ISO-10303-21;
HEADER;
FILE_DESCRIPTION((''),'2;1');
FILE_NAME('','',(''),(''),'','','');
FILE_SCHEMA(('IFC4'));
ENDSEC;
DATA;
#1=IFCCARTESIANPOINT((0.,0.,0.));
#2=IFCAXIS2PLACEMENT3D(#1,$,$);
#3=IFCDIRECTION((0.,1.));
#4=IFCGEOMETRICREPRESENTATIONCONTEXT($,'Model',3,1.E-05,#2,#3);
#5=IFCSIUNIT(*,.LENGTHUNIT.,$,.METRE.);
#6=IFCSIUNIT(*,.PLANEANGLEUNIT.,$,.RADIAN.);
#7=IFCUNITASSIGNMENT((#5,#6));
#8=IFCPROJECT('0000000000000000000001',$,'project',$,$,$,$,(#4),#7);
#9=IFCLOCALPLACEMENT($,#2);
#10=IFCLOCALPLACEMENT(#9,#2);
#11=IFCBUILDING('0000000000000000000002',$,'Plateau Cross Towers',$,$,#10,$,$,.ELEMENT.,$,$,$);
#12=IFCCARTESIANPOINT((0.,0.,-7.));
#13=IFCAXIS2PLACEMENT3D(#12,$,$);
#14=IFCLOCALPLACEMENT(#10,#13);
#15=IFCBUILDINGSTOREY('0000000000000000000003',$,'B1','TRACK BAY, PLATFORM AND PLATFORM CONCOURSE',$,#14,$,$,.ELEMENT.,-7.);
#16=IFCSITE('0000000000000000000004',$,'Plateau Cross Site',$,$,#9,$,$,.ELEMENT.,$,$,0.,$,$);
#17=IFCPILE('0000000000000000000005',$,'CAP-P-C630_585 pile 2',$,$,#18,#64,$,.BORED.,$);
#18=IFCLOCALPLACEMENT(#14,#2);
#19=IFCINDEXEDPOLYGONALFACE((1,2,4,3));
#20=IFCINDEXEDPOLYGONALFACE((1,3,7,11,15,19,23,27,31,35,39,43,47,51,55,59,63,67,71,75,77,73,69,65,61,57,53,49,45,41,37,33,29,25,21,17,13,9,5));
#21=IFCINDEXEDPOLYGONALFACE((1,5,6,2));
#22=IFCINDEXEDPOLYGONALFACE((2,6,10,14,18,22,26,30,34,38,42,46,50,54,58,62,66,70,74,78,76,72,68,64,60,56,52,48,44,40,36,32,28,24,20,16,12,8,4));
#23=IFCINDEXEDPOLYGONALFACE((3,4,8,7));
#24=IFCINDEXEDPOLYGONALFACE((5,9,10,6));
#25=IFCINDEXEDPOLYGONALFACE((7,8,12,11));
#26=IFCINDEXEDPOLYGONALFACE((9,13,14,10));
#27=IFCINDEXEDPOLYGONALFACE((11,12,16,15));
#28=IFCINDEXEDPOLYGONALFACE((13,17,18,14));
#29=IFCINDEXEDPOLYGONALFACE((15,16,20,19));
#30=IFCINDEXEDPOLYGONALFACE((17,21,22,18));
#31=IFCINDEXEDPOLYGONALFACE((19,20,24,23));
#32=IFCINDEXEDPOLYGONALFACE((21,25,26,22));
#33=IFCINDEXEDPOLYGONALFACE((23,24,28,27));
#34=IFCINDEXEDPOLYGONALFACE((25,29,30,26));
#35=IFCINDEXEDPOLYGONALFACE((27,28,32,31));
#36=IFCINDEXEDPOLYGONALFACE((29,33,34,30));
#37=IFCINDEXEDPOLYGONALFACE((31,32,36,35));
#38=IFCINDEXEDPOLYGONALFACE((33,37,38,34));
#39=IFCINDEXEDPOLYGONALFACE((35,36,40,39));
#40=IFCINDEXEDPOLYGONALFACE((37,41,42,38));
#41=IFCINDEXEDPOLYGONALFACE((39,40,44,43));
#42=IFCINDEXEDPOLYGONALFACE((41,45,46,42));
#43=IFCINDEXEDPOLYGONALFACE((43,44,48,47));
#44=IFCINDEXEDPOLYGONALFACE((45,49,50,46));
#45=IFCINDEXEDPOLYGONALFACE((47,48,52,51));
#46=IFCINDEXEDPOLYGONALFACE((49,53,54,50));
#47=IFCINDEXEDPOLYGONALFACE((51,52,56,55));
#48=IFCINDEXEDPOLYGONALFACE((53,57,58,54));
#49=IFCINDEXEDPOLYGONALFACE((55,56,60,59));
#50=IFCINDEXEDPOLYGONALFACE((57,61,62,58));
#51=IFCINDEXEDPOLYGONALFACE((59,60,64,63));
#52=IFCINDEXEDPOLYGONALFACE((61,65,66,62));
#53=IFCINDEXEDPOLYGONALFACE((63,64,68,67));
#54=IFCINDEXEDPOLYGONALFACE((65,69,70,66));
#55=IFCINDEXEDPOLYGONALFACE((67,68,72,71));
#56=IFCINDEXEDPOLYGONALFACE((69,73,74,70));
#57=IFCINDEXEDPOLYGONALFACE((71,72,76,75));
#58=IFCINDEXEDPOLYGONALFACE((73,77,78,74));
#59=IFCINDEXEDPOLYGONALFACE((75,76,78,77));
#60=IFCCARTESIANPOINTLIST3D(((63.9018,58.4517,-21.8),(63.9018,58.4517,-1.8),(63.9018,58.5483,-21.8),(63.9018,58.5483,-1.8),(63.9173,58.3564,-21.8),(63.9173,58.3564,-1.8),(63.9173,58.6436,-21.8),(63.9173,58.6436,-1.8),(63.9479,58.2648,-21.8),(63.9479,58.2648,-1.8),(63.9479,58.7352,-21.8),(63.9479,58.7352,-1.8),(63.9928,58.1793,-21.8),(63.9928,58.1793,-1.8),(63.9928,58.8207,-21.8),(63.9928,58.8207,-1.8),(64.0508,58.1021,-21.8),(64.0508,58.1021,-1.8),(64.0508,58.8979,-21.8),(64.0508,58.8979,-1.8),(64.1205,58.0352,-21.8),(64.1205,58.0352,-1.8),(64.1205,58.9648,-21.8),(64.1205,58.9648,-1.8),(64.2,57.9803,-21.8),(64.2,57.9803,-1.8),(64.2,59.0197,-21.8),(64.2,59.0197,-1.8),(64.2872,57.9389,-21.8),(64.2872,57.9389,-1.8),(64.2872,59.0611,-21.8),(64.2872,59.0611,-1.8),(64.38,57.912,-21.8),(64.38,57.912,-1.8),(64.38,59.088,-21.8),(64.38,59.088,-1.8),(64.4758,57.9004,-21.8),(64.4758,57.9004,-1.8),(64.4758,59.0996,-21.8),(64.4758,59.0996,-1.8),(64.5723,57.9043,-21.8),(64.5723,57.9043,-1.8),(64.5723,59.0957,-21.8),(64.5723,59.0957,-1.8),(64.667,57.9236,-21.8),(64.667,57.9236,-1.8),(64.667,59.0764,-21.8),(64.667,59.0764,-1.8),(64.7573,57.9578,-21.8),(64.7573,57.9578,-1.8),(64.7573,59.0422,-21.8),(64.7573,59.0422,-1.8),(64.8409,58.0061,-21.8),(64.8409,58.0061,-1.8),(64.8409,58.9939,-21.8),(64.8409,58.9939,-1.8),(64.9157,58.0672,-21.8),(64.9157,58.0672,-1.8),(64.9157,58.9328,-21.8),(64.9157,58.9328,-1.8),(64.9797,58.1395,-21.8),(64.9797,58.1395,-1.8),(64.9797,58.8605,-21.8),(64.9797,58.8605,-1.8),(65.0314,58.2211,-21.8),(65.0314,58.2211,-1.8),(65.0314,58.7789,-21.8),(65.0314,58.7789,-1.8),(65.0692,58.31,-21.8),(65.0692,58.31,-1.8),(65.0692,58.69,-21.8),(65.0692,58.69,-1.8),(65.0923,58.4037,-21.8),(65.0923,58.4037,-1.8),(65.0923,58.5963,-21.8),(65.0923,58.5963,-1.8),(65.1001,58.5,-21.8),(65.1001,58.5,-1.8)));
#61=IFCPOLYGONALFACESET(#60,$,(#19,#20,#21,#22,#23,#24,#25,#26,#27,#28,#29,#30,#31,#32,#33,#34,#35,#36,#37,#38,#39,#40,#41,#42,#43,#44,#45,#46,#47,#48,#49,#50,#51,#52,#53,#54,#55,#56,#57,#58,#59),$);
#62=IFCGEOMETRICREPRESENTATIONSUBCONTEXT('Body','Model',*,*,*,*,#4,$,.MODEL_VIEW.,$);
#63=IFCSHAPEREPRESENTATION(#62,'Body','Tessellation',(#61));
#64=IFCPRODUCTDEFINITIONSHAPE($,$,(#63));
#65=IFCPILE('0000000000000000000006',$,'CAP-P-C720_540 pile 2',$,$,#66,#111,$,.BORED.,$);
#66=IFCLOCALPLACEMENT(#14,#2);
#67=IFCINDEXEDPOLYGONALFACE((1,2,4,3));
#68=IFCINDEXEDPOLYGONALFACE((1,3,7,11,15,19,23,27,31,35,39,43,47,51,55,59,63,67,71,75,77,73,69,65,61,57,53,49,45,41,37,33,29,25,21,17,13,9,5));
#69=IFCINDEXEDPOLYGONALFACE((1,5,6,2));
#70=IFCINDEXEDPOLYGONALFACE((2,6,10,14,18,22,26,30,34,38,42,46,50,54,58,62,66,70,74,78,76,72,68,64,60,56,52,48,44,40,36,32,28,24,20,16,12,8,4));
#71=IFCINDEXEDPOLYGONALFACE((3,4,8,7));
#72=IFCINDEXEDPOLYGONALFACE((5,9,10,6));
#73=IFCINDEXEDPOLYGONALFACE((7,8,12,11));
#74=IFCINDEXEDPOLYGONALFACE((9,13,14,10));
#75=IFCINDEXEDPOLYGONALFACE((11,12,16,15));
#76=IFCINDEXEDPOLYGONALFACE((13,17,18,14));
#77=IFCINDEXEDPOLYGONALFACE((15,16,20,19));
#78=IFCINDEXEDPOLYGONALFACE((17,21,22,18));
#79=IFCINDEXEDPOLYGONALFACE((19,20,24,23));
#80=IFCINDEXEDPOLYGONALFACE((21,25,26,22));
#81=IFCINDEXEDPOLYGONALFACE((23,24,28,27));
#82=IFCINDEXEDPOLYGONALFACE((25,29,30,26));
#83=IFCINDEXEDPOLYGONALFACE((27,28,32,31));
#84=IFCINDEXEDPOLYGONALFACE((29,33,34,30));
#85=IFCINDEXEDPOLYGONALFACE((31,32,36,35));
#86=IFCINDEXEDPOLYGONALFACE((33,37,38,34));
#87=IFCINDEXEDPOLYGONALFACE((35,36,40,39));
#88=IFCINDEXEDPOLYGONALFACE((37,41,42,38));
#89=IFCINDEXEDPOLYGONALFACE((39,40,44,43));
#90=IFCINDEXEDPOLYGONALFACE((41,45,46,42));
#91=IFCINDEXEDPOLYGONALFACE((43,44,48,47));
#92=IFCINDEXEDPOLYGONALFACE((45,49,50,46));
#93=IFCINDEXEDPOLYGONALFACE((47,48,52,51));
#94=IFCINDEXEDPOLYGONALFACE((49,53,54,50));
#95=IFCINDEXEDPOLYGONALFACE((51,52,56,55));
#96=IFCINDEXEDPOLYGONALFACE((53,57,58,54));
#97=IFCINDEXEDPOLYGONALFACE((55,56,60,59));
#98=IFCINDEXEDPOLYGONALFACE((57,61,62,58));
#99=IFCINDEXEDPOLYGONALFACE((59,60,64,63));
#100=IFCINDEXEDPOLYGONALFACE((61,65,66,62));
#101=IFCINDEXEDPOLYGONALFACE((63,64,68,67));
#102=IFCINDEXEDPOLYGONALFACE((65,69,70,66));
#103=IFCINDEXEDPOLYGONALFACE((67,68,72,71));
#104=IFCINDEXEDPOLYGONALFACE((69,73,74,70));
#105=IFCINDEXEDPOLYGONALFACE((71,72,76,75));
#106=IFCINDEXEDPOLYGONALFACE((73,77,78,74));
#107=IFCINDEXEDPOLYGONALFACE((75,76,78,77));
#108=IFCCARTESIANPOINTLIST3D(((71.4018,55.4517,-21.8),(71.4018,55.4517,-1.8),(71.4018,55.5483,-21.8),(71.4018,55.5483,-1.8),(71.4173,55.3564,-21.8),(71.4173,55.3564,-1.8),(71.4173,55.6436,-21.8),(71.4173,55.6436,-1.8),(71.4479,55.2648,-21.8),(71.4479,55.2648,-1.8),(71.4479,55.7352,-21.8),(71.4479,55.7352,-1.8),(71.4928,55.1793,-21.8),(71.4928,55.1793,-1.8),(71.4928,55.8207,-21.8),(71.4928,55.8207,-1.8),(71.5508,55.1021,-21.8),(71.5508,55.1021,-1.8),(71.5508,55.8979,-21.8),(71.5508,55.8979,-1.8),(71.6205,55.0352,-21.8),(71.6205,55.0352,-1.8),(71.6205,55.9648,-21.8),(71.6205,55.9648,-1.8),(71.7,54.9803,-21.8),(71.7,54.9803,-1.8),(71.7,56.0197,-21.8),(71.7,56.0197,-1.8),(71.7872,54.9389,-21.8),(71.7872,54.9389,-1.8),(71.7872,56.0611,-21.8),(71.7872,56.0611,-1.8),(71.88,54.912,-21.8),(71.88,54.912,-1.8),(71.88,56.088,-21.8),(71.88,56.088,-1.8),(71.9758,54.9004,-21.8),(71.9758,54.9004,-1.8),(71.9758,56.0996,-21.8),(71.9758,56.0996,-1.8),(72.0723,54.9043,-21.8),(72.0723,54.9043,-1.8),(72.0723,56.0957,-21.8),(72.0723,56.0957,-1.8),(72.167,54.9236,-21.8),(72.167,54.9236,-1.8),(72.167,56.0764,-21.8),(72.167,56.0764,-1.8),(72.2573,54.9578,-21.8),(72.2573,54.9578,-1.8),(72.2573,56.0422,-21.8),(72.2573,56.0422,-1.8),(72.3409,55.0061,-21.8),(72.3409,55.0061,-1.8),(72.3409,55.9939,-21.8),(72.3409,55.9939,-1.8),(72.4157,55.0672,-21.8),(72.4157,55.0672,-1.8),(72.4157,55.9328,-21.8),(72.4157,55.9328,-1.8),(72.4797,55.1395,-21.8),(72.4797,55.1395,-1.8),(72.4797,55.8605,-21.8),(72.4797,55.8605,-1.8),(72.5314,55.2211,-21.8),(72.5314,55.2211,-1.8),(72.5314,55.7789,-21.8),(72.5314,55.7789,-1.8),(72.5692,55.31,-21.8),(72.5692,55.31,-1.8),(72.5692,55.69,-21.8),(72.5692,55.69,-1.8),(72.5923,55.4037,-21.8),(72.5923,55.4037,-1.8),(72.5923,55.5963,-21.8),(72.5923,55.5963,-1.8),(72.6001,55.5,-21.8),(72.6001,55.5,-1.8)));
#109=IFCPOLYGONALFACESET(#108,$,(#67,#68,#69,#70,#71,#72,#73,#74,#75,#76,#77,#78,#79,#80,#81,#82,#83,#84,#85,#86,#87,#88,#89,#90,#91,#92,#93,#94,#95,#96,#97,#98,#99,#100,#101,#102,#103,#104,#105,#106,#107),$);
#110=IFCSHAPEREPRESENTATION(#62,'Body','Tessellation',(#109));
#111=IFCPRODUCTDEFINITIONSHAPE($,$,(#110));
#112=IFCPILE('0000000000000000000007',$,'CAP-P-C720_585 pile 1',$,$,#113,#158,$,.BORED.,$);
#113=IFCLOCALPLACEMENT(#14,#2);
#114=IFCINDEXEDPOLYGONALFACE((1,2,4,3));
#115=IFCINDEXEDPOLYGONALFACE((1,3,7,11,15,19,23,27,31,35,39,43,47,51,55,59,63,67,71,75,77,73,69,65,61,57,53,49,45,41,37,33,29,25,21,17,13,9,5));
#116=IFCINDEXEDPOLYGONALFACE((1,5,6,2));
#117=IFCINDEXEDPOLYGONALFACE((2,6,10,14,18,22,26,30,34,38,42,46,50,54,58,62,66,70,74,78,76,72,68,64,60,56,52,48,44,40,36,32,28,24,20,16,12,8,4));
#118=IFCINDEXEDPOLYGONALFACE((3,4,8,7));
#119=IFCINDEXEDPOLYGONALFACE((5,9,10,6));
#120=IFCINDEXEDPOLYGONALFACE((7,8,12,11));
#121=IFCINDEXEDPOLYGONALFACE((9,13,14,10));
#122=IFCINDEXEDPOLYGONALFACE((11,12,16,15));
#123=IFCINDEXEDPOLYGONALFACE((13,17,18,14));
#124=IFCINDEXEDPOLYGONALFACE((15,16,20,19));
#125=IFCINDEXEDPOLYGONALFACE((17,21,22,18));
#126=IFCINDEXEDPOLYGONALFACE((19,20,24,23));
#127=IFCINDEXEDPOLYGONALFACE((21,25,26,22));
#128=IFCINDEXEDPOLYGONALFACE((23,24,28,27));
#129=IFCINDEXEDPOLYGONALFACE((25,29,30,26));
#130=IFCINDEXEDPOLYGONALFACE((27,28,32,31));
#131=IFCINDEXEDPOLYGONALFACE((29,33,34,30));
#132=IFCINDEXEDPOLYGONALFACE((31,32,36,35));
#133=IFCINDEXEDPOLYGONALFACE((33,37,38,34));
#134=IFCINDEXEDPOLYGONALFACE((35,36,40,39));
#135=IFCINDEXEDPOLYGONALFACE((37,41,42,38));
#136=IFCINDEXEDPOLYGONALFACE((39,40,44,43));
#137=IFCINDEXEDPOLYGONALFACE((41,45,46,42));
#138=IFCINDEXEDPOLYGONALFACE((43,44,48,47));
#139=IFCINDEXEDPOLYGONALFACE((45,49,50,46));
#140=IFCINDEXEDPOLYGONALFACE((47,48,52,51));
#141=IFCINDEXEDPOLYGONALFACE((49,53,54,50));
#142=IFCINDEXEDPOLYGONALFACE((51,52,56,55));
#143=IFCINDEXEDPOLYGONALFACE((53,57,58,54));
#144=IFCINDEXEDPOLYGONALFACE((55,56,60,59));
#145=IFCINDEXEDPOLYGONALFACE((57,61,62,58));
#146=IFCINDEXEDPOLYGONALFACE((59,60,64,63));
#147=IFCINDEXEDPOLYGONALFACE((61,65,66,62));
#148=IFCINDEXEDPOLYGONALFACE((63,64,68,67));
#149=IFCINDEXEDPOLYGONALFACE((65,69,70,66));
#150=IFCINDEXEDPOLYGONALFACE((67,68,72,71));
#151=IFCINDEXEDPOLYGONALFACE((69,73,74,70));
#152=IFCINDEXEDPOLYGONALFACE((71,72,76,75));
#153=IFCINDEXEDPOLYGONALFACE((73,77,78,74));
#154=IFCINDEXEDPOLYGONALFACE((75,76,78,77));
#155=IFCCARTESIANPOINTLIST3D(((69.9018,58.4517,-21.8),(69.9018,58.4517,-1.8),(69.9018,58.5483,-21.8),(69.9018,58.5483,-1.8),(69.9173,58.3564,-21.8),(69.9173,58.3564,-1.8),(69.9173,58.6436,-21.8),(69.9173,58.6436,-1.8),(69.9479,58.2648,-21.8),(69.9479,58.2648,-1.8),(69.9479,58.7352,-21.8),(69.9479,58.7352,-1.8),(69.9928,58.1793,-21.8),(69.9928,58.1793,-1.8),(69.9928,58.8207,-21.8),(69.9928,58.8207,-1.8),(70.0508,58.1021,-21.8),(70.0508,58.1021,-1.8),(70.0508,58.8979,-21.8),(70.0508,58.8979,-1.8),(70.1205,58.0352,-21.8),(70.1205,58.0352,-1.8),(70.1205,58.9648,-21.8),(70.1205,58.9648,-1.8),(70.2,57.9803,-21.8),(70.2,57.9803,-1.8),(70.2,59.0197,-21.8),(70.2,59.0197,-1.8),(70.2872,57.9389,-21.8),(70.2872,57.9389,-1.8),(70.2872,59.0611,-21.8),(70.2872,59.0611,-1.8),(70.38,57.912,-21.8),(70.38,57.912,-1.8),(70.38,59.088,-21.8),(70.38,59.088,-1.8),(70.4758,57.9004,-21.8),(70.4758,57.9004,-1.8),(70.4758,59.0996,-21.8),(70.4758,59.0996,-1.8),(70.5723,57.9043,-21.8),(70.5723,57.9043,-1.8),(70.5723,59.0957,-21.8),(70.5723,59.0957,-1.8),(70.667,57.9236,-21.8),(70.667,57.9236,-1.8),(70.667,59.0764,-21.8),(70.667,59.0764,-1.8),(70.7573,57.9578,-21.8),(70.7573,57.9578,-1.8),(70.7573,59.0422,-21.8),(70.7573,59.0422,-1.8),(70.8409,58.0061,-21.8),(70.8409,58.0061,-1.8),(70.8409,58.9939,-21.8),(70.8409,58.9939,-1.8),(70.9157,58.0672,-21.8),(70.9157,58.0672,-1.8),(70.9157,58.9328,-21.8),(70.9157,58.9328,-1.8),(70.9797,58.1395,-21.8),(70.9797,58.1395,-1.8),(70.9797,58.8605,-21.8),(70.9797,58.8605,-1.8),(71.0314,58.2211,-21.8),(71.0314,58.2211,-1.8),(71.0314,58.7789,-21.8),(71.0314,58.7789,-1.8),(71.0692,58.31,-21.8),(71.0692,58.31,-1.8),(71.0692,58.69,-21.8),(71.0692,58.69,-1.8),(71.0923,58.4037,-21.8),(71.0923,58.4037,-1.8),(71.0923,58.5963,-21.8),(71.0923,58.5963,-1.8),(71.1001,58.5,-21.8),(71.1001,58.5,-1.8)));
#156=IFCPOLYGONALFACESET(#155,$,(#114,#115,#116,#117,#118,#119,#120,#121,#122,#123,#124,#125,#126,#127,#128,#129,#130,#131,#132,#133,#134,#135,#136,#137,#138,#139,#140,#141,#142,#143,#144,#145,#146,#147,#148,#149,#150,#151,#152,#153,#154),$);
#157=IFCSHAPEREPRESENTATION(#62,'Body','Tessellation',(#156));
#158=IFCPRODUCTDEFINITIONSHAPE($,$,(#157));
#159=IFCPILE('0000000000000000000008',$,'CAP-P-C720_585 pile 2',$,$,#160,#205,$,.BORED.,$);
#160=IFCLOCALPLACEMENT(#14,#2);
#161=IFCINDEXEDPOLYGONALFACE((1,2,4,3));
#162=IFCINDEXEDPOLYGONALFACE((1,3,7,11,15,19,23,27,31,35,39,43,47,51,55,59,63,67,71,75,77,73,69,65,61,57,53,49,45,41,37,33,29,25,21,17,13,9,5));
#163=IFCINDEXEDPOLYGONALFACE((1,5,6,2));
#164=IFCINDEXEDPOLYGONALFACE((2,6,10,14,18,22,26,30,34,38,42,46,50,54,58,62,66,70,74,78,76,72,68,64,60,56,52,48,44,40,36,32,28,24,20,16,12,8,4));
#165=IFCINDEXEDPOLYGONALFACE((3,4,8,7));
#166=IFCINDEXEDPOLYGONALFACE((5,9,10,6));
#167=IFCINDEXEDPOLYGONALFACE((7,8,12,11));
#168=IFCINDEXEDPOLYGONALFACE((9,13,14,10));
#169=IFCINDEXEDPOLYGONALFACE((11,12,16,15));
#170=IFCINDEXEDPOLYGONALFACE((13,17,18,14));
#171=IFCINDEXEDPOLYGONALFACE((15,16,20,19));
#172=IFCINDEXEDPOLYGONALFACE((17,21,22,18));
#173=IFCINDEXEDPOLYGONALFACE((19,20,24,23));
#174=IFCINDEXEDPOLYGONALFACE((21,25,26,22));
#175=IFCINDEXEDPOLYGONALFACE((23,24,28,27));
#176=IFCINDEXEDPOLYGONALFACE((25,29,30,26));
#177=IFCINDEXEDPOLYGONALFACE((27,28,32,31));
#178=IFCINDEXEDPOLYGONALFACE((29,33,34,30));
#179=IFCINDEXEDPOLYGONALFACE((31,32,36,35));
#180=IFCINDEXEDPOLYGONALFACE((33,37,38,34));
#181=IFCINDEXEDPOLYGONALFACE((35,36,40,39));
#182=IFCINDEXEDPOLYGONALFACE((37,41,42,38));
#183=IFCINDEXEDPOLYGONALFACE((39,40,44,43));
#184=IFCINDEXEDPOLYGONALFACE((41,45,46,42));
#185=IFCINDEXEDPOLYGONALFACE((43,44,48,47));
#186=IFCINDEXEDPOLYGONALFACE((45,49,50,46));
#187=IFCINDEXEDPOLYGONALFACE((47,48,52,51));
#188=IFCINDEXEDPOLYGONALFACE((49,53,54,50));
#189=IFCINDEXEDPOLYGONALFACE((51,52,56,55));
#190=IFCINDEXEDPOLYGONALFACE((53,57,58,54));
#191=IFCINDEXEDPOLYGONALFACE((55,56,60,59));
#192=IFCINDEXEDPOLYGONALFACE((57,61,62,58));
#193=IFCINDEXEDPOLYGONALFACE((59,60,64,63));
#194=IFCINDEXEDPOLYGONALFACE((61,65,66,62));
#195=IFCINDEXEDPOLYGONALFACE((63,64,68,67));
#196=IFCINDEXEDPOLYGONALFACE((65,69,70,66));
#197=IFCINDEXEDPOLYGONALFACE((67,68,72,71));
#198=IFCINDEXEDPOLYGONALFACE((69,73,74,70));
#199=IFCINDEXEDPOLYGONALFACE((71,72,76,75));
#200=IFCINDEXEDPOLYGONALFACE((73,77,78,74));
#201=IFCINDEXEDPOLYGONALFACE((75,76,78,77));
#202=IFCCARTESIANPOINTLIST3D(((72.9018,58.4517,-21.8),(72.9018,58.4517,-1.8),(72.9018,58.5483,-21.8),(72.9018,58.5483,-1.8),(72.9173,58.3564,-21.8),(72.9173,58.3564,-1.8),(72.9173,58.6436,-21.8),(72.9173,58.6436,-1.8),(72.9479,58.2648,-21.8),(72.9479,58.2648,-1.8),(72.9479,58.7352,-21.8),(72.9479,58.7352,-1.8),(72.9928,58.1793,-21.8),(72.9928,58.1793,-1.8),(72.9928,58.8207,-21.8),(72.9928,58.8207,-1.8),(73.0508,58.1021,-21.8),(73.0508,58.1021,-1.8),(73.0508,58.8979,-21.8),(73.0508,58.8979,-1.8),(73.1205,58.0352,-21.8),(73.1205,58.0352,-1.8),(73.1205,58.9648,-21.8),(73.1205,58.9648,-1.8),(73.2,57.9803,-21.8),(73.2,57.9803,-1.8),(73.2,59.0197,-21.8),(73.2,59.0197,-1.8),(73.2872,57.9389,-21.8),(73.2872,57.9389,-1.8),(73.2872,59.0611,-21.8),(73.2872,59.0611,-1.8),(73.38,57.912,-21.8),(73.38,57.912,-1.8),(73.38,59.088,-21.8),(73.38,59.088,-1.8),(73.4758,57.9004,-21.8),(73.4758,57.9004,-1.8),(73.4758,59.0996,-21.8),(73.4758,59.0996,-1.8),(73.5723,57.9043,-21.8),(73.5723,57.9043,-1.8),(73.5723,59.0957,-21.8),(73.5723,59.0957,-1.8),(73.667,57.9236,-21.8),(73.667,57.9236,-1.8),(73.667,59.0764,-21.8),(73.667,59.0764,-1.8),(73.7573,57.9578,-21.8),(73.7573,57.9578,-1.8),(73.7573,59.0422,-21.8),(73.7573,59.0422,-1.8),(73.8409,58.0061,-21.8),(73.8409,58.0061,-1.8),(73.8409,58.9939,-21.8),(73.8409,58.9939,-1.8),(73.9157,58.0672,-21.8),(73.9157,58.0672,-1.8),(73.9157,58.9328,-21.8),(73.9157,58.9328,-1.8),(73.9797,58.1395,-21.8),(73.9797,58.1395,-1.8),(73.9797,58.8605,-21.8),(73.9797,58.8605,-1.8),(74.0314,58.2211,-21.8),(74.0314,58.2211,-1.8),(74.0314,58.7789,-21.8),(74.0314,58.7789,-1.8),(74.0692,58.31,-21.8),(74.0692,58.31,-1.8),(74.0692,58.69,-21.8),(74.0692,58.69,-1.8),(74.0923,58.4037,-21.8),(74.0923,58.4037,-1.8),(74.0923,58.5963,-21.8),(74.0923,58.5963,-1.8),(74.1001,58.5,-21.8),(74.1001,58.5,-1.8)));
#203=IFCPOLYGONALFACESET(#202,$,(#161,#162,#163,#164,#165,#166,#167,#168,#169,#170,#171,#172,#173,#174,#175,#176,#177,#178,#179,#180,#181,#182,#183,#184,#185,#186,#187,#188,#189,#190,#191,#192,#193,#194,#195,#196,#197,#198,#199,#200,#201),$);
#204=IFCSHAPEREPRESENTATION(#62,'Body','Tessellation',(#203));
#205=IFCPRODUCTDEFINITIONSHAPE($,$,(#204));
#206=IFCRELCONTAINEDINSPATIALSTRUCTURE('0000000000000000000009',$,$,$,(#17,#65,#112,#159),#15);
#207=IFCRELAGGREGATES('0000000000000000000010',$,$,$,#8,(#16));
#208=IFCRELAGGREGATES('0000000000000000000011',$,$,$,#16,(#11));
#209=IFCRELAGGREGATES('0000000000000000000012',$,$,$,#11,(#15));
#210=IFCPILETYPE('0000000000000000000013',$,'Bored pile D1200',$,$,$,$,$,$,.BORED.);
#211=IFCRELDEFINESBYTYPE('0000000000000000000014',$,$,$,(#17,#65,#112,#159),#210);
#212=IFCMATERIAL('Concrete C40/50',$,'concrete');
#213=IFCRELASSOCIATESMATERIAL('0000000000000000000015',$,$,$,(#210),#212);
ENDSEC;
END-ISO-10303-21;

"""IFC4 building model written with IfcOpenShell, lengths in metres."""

from ifc_helpers import new_model, si_unit, direction, frame, origin, origin_2d, place, context, subcontext, project, spatial, circle, extrude, material, material_profile, profile_set, type_object, element, save


model = new_model("IFC4")

# Units and contexts
model_context = context("Model", 3, precision=1e-05, world=origin(), true_north=direction((0.0, 1.0)))
body_context = subcontext(model_context, "Body", "Model", "MODEL_VIEW")
ifc_project = project(units=[si_unit("LENGTHUNIT", "METRE"), si_unit("PLANEANGLEUNIT", "RADIAN")], contexts=[model_context])

# Site, building, storey
site_placement = place(None, origin())
site = spatial("IfcSite", under=ifc_project, at=site_placement, Name="Plateau Cross Site", CompositionType="ELEMENT", RefElevation=0.0)
building_placement = place(site_placement, origin())
building = spatial("IfcBuilding", under=site, at=building_placement, Name="Plateau Cross Towers", CompositionType="ELEMENT")
storey_placement = place(building_placement, frame((0.0, 0.0, -7.0)))
storey = spatial("IfcBuildingStorey", under=building, at=storey_placement, Name="B1", Description="TRACK BAY, PLATFORM AND PLATFORM CONCOURSE", CompositionType="ELEMENT", Elevation=-7.0)

# Piles
ifc_material_1 = material(Name="Concrete C40/50", Category="concrete")
ifc_material_profile_1 = material_profile(ifc_material_1, circle(Radius=0.6001, at=origin_2d()), Name="Bored pile D1200")
ifc_profile_set_1 = profile_set([ifc_material_profile_1], Name="Concrete C40/50")
pile_type = type_object("IfcPileType", Name="Bored pile D1200", PredefinedType="BORED", material=ifc_profile_set_1)
for number, where, z_axis, x_axis, name in (
    (1, (64.5, 58.5, -1.8), (0.0, 0.0, -1.0), (1.0, 0.0, 0.0), "CAP-P-C630_585 pile 2"),
    (2, (72.0, 55.5, -1.8), (0.0, 0.0, -1.0), (1.0, 0.0, 0.0), "CAP-P-C720_540 pile 2"),
    (3, (70.5, 58.5, -1.8), (0.0, 0.0, -1.0), (1.0, 0.0, 0.0), "CAP-P-C720_585 pile 1"),
    (4, (73.5, 58.5, -1.8), (0.0, 0.0, -1.0), (1.0, 0.0, 0.0), "CAP-P-C720_585 pile 2"),
):
    element("IfcPile", number, at=place(storey_placement, frame(where, z_axis=z_axis, x_axis=x_axis)), inside=storey, type_object=pile_type, Name=name, PredefinedType="BORED", context=body_context, shape_type="SweptSolid", body=[
        extrude(circle(Radius=0.6001, at=origin_2d()), origin(), (0.0, 0.0, 1.0), 20.0),
    ])

save(model, "model.ifc")
